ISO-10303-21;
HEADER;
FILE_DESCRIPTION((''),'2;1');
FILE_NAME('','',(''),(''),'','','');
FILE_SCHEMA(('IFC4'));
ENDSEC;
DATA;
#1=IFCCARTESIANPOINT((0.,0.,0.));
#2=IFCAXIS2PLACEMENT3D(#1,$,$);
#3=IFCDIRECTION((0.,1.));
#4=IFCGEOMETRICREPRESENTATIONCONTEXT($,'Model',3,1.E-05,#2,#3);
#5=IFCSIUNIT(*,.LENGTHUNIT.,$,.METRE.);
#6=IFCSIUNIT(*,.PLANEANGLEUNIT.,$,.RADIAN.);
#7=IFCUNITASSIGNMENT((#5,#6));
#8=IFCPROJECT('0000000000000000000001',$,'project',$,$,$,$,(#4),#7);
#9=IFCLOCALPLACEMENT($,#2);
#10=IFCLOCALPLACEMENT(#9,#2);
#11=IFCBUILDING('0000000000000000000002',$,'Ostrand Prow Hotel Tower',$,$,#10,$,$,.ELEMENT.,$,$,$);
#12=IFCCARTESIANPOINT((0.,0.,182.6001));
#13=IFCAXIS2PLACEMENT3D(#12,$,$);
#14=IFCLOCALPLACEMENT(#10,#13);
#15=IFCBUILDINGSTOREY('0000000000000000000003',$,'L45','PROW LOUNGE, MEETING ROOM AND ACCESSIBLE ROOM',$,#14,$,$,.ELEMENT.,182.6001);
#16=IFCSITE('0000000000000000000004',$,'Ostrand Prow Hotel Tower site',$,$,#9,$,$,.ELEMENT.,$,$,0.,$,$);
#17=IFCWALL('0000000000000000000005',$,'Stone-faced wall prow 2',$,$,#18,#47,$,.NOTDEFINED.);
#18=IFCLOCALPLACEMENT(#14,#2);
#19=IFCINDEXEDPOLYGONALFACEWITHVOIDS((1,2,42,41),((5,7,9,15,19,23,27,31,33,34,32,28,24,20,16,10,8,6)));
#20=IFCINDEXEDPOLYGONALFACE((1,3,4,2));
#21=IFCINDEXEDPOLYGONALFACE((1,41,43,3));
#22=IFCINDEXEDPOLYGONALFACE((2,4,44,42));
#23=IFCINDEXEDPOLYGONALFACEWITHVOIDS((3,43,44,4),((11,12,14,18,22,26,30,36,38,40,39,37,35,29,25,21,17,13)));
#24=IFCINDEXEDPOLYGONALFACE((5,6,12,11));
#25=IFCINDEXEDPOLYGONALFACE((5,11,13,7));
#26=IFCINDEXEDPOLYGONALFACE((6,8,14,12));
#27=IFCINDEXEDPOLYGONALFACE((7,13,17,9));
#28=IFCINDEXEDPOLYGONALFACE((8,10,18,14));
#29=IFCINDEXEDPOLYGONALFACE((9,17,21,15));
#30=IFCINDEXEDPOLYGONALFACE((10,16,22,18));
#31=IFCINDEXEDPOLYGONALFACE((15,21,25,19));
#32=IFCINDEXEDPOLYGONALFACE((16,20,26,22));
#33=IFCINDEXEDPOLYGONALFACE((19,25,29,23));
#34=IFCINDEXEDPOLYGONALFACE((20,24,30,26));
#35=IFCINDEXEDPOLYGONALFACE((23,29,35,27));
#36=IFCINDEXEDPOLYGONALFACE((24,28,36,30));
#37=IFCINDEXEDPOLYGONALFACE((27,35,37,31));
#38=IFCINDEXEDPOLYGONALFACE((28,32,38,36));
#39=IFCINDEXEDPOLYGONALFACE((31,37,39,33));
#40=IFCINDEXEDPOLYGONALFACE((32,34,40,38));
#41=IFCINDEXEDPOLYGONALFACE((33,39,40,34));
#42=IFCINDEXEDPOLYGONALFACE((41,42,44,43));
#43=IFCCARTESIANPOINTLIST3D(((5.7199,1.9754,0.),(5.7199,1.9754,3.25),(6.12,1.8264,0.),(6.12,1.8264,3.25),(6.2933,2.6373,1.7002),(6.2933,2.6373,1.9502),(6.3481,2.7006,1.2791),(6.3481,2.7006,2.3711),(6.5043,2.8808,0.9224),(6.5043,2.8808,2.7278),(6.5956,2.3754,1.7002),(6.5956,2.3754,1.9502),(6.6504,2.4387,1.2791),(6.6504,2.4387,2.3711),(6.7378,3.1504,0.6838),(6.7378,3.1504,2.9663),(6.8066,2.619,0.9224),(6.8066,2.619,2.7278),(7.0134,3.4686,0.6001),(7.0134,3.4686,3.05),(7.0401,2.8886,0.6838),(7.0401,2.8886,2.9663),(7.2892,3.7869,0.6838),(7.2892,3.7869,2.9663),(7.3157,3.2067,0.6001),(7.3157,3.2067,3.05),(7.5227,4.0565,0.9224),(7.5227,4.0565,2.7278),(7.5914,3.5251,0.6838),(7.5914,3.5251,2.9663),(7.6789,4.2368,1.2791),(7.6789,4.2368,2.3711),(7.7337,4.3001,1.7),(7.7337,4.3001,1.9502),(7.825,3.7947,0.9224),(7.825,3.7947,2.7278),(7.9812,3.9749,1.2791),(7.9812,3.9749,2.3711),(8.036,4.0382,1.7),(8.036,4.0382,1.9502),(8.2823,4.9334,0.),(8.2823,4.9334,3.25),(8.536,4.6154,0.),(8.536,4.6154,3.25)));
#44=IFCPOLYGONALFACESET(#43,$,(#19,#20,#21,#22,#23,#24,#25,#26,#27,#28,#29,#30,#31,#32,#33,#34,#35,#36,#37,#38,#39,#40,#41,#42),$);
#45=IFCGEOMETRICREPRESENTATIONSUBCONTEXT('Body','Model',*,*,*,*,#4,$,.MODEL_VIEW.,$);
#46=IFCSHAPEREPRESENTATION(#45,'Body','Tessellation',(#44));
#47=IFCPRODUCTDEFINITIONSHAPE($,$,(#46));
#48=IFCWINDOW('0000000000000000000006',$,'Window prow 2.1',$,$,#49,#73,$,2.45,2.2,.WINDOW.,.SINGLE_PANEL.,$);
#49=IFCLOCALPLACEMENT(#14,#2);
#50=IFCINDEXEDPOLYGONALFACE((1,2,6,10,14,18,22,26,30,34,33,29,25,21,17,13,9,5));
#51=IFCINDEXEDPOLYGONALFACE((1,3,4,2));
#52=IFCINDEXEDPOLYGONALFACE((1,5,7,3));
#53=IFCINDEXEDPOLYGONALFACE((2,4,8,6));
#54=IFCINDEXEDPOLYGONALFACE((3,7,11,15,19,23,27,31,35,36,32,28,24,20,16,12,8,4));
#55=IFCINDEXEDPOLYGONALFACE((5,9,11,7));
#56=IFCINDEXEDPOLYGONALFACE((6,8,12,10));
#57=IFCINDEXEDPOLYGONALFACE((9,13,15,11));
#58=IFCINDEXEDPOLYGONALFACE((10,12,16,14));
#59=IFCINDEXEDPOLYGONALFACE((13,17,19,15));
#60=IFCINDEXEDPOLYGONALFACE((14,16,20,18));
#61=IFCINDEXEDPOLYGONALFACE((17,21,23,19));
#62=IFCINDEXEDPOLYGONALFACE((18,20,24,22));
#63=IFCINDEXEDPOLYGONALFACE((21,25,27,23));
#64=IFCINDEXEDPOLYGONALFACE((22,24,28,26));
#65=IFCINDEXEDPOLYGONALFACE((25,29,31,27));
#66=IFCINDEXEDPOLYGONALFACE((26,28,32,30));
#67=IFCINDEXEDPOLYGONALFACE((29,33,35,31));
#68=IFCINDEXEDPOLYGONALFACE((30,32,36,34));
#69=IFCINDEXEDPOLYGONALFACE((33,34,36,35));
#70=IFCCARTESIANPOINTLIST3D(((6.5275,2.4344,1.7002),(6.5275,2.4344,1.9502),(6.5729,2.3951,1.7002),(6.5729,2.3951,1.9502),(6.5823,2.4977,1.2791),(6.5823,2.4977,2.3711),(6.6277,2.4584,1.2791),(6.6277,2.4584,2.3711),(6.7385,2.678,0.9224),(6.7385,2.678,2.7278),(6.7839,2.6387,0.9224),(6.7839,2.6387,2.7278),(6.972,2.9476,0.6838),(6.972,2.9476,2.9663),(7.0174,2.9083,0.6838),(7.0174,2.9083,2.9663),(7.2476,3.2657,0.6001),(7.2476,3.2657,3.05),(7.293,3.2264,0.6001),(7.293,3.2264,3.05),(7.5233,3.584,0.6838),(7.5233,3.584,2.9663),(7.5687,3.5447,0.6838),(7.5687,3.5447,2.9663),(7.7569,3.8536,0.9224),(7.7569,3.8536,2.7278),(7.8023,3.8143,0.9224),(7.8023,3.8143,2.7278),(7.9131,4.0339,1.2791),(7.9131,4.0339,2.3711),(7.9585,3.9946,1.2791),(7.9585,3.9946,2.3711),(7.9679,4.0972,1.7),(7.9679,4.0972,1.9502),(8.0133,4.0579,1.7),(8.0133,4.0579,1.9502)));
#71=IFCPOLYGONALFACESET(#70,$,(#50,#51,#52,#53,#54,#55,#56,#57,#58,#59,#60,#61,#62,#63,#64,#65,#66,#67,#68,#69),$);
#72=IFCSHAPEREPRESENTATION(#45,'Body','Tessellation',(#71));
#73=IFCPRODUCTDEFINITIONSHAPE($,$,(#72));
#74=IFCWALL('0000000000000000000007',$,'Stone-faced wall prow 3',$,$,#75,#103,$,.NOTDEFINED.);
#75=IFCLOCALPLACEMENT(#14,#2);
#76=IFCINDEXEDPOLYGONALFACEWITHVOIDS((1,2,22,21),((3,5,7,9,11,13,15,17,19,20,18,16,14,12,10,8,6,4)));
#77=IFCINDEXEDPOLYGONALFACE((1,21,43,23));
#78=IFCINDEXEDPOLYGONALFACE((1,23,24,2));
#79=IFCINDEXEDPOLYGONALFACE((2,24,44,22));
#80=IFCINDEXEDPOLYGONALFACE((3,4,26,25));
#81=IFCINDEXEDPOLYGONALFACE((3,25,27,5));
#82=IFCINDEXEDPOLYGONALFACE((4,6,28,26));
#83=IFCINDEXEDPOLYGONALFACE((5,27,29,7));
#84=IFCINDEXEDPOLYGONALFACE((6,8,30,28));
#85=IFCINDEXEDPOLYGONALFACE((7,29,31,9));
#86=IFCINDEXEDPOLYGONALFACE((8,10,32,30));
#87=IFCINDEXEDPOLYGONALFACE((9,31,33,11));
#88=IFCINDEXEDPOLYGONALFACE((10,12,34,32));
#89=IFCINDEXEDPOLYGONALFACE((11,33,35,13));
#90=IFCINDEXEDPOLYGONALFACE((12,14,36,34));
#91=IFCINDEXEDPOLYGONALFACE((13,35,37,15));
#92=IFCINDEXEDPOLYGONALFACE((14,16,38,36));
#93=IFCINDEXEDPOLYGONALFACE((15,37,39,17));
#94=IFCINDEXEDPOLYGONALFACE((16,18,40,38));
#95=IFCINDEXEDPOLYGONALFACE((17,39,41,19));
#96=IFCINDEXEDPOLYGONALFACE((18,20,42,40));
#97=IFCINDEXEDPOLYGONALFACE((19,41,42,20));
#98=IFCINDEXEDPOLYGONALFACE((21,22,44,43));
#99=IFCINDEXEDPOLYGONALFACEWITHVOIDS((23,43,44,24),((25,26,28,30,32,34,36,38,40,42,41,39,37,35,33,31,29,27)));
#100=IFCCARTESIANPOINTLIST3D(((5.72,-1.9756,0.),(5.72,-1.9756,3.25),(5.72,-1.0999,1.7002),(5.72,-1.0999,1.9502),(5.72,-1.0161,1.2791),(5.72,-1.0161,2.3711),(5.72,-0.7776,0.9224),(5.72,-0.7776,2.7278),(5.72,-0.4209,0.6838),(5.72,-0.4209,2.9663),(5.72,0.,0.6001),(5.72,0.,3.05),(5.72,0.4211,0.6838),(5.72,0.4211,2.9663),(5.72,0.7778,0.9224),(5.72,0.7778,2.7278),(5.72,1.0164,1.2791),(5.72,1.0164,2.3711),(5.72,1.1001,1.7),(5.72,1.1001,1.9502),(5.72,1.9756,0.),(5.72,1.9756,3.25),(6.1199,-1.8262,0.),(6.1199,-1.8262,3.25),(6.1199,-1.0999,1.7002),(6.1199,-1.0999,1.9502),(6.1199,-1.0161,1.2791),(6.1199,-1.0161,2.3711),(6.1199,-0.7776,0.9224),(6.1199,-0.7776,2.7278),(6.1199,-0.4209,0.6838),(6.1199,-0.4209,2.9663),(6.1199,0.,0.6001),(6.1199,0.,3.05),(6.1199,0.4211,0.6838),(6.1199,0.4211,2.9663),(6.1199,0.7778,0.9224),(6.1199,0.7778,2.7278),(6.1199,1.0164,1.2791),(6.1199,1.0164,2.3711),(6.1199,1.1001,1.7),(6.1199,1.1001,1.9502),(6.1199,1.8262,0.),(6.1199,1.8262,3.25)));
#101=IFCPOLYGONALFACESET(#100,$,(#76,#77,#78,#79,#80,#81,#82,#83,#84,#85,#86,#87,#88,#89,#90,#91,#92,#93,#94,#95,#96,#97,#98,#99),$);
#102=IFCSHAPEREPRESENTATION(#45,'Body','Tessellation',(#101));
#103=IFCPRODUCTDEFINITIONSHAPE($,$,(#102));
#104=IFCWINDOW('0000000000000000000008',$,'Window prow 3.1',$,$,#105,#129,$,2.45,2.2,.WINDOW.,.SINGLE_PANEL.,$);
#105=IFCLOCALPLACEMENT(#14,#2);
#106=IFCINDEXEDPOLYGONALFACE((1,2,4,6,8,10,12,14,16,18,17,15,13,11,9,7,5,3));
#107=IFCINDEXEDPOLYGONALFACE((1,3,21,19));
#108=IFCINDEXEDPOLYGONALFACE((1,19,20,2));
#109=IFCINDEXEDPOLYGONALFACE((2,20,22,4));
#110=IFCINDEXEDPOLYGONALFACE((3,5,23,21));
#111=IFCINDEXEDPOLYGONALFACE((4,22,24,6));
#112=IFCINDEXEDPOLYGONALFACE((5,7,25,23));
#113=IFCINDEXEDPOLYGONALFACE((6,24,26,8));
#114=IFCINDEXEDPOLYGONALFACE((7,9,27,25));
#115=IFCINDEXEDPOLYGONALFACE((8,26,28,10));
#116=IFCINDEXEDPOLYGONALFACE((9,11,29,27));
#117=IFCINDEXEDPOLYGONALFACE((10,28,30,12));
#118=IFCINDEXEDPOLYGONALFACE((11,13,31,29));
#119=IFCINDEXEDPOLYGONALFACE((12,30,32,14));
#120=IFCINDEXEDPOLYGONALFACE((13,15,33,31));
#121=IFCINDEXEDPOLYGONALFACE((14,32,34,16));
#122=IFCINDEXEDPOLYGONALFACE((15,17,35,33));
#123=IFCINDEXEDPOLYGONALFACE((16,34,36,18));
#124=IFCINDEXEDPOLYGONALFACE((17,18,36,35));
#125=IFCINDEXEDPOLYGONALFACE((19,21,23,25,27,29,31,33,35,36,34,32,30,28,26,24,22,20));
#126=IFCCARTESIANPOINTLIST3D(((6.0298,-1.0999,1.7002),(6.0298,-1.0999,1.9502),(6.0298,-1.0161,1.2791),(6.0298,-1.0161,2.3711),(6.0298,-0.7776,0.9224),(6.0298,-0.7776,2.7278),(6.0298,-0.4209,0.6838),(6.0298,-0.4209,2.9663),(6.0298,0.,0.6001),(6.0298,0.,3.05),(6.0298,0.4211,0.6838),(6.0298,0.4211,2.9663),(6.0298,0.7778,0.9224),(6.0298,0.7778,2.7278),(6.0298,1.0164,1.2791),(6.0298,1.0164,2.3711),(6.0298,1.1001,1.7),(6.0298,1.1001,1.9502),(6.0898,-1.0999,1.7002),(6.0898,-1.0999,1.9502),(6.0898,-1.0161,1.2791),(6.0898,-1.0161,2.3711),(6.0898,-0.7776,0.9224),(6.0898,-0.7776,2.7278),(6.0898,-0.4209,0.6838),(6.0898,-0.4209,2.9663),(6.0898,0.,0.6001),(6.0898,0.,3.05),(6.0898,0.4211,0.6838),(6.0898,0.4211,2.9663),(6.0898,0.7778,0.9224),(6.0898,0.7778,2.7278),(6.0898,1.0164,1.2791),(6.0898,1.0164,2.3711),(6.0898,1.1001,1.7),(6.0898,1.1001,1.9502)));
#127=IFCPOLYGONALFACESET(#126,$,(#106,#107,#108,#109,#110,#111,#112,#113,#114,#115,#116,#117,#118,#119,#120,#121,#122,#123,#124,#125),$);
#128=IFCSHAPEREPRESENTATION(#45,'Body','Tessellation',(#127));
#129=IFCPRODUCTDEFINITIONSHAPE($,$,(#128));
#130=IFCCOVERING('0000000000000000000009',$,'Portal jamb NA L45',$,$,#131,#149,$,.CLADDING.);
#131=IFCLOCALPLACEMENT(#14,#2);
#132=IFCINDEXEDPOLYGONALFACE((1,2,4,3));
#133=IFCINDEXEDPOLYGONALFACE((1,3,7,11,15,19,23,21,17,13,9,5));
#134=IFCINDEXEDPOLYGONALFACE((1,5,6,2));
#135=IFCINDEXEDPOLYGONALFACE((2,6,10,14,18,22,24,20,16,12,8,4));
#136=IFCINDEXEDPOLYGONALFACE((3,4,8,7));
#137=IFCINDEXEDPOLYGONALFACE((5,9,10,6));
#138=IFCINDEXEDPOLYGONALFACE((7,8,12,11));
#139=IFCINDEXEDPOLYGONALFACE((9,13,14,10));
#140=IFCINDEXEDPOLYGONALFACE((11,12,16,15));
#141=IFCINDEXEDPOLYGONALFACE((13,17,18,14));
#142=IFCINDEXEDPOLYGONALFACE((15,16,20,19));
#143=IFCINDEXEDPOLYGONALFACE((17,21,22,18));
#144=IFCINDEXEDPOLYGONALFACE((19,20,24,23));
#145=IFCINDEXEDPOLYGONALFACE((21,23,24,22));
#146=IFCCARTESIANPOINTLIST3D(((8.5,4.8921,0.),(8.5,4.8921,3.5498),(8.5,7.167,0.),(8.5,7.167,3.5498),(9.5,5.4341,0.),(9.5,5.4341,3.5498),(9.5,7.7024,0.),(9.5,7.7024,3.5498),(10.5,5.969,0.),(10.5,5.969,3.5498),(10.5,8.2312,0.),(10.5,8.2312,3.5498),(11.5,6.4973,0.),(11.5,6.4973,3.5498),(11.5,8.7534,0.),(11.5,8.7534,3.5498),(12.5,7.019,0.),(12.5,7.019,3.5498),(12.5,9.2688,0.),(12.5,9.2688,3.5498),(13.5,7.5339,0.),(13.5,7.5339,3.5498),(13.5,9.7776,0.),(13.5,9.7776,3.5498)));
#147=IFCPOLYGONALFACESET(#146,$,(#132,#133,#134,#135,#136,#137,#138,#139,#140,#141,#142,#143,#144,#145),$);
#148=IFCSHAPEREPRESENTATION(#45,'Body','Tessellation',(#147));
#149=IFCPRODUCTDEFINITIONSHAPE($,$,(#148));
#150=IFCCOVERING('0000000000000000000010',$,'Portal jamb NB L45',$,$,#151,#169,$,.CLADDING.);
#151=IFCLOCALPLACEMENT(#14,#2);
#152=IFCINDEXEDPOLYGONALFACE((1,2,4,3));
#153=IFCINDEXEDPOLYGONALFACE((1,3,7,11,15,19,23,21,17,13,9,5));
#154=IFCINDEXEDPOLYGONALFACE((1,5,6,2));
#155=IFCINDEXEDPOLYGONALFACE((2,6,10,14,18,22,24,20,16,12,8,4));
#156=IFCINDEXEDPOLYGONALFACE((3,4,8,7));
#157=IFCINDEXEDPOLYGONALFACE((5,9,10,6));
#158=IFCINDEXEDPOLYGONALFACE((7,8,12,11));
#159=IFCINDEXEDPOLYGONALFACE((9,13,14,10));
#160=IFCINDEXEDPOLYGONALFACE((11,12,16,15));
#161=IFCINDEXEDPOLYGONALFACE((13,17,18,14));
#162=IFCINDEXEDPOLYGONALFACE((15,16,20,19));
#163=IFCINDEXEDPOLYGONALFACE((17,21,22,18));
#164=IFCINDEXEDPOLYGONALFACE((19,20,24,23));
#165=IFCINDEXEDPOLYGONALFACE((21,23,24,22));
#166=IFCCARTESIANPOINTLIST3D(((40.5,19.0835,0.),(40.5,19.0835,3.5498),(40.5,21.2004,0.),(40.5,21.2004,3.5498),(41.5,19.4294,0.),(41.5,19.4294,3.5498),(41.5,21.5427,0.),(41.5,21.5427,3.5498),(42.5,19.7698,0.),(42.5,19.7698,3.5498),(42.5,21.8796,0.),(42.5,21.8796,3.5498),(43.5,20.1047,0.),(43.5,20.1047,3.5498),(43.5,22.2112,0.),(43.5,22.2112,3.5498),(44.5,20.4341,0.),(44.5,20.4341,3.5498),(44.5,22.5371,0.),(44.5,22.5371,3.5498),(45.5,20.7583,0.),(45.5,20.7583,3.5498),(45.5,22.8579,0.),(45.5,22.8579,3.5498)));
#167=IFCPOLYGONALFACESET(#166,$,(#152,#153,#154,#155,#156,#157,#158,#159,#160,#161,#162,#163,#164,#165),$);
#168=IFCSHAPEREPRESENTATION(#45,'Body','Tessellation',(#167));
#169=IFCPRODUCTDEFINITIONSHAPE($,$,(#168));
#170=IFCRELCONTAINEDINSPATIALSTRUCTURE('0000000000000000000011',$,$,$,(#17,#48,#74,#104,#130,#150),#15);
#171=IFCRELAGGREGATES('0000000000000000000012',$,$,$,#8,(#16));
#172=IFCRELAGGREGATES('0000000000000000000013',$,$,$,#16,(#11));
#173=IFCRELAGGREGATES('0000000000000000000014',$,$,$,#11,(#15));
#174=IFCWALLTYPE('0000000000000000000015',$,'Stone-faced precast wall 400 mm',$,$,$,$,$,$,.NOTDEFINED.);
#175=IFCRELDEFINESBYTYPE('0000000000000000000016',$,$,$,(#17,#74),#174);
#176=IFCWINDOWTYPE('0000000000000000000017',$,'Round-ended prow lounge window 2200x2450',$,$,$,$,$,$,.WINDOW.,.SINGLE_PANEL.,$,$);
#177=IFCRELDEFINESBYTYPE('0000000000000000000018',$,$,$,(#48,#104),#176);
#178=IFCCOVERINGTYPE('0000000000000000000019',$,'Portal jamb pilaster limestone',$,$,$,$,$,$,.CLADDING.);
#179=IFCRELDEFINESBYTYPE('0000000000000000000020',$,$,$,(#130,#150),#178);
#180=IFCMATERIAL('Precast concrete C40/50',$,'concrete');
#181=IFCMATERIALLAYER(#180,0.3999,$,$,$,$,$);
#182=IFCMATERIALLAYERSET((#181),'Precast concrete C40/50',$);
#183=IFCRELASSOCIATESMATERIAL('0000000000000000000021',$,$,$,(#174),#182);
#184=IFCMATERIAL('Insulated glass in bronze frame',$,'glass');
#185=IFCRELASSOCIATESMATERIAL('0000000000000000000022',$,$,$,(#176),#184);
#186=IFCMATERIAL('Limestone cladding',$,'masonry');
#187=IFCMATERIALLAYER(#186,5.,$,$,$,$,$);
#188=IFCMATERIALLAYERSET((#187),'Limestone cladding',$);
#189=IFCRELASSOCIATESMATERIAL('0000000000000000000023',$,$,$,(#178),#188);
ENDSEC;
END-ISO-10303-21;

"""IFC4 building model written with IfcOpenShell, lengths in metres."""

from ifc_helpers import new_model, si_unit, direction, frame, origin, place, context, subcontext, project, spatial, polyline, outline, extrude, material, layer, layer_set, type_object, element, fill, save


model = new_model("IFC4")

# Units and contexts
model_context = context("Model", 3, precision=1e-05, world=origin(), true_north=direction((0.0, 1.0)))
body_context = subcontext(model_context, "Body", "Model", "MODEL_VIEW")
ifc_project = project(units=[si_unit("LENGTHUNIT", "METRE"), si_unit("PLANEANGLEUNIT", "RADIAN")], contexts=[model_context])

# Site, building, storey
site_placement = place(None, origin())
site = spatial("IfcSite", under=ifc_project, at=site_placement, Name="Ostrand Prow Hotel Tower site", CompositionType="ELEMENT", RefElevation=0.0)
building_placement = place(site_placement, origin())
building = spatial("IfcBuilding", under=site, at=building_placement, Name="Ostrand Prow Hotel Tower", CompositionType="ELEMENT")
storey_placement = place(building_placement, frame((0.0, 0.0, 182.6001)))
storey = spatial("IfcBuildingStorey", under=building, at=storey_placement, Name="L45", Description="PROW LOUNGE, MEETING ROOM AND ACCESSIBLE ROOM", CompositionType="ELEMENT", Elevation=182.6001)

# Walls, openings, windows
ifc_material_1 = material(Name="Precast concrete C40/50", Category="concrete")
ifc_layer_1 = layer(ifc_material_1, 0.3999)
ifc_layer_set_1 = layer_set([ifc_layer_1], Name="Precast concrete C40/50")
wall_type = type_object("IfcWallType", Name="Stone-faced precast wall 400 mm", PredefinedType="NOTDEFINED", material=ifc_layer_set_1)
ifc_material_2 = material(Name="Insulated glass in bronze frame", Category="glass")
window_type = type_object("IfcWindowType", Name="Round-ended prow lounge window 2200x2450", PartitioningType="SINGLE_PANEL", PredefinedType="WINDOW", material=ifc_material_2)
wall_1_placement = place(storey_placement, frame((8.4092, 4.7744, 0.0), z_axis=(0.0, 0.0, 1.0), x_axis=(-0.654759, -0.755837, 0.0)))
wall_1 = element("IfcWall", 1, at=wall_1_placement, inside=storey, type_object=wall_type, Name="Stone-faced wall prow 2", PredefinedType="NOTDEFINED", context=body_context, shape_type="SweptSolid", body=[
    extrude(outline(polyline([(-0.0371, -0.2), (3.8765, -0.2), (3.7271, 0.2), (0.0371, 0.2), (-0.0371, -0.2)])), origin(), (0.0, 0.0, 1.0), 3.25),
])
opening_1_placement = place(wall_1_placement, frame((0.8008, 0.0, 0.6001)))
opening_1 = element("IfcOpeningElement", 2, at=opening_1_placement, cuts=wall_1, PredefinedType="OPENING", context=body_context, shape_type="SweptSolid", body=[
    extrude(outline(polyline([(0.0, 1.3501), (0.0837, 1.771), (0.3223, 2.1277), (0.679, 2.3662), (1.1001, 2.45), (1.521, 2.3662), (1.8777, 2.1277), (2.1162, 1.771), (2.2, 1.3501), (2.2, 1.1001), (2.1162, 0.679), (1.8777, 0.3223), (1.521, 0.0837), (1.1001, 0.0), (0.679, 0.0837), (0.3223, 0.3223), (0.0837, 0.679), (0.0, 1.0999), (0.0, 1.3501)])), frame((0.0, 0.21, 0.0), z_axis=(0.0, -1.0, 0.0), x_axis=(1.0, 0.0, 0.0)), (0.0, 0.0, 1.0), 0.4199),
])
window_1_placement = place(opening_1_placement, origin())
window_1 = element("IfcWindow", 3, at=window_1_placement, inside=storey, type_object=window_type, Name="Window prow 2.1", OverallHeight=2.45, OverallWidth=2.2, PartitioningType="SINGLE_PANEL", PredefinedType="WINDOW", context=body_context, shape_type="SweptSolid", body=[
    extrude(outline(polyline([(0.0, 1.3501), (0.0837, 1.771), (0.3223, 2.1277), (0.679, 2.3662), (1.1001, 2.45), (1.521, 2.3662), (1.8777, 2.1277), (2.1162, 1.771), (2.2, 1.3501), (2.2, 1.1001), (2.1162, 0.679), (1.8777, 0.3223), (1.521, 0.0837), (1.1001, 0.0), (0.679, 0.0837), (0.3223, 0.3223), (0.0837, 0.679), (0.0, 1.0999), (0.0, 1.3501)])), frame((0.0, 0.1699, 0.0), z_axis=(0.0, -1.0, 0.0), x_axis=(1.0, 0.0, 0.0)), (0.0, 0.0, 1.0), 0.0601),
])
fill(opening_1, window_1)
wall_2_placement = place(storey_placement, frame((5.9199, 1.9009, 0.0), z_axis=(0.0, 0.0, 1.0), x_axis=(0.0, -1.0, 0.0)))
wall_2 = element("IfcWall", 4, at=wall_2_placement, inside=storey, type_object=wall_type, Name="Stone-faced wall prow 3", PredefinedType="NOTDEFINED", context=body_context, shape_type="SweptSolid", body=[
    extrude(outline(polyline([(-0.0747, -0.2), (3.8765, -0.2), (3.7271, 0.2), (0.0747, 0.2), (-0.0747, -0.2)])), origin(), (0.0, 0.0, 1.0), 3.25),
])
opening_2_placement = place(wall_2_placement, frame((0.8008, 0.0, 0.6001)))
opening_2 = element("IfcOpeningElement", 5, at=opening_2_placement, cuts=wall_2, PredefinedType="OPENING", context=body_context, shape_type="SweptSolid", body=[
    extrude(outline(polyline([(0.0, 1.3501), (0.0837, 1.771), (0.3223, 2.1277), (0.679, 2.3662), (1.1001, 2.45), (1.521, 2.3662), (1.8777, 2.1277), (2.1162, 1.771), (2.2, 1.3501), (2.2, 1.1001), (2.1162, 0.679), (1.8777, 0.3223), (1.521, 0.0837), (1.1001, 0.0), (0.679, 0.0837), (0.3223, 0.3223), (0.0837, 0.679), (0.0, 1.0999), (0.0, 1.3501)])), frame((0.0, 0.21, 0.0), z_axis=(0.0, -1.0, 0.0), x_axis=(1.0, 0.0, 0.0)), (0.0, 0.0, 1.0), 0.4199),
])
window_2_placement = place(opening_2_placement, origin())
window_2 = element("IfcWindow", 6, at=window_2_placement, inside=storey, type_object=window_type, Name="Window prow 3.1", OverallHeight=2.45, OverallWidth=2.2, PartitioningType="SINGLE_PANEL", PredefinedType="WINDOW", context=body_context, shape_type="SweptSolid", body=[
    extrude(outline(polyline([(0.0, 1.3501), (0.0837, 1.771), (0.3223, 2.1277), (0.679, 2.3662), (1.1001, 2.45), (1.521, 2.3662), (1.8777, 2.1277), (2.1162, 1.771), (2.2, 1.3501), (2.2, 1.1001), (2.1162, 0.679), (1.8777, 0.3223), (1.521, 0.0837), (1.1001, 0.0), (0.679, 0.0837), (0.3223, 0.3223), (0.0837, 0.679), (0.0, 1.0999), (0.0, 1.3501)])), frame((0.0, 0.1699, 0.0), z_axis=(0.0, -1.0, 0.0), x_axis=(1.0, 0.0, 0.0)), (0.0, 0.0, 1.0), 0.0601),
])
fill(opening_2, window_2)

# Coverings
ifc_material_3 = material(Name="Limestone cladding", Category="masonry")
ifc_layer_2 = layer(ifc_material_3, 5.0)
ifc_layer_set_2 = layer_set([ifc_layer_2], Name="Limestone cladding")
covering_type_1 = type_object("IfcCoveringType", Name="Portal jamb pilaster limestone", PredefinedType="CLADDING", material=ifc_layer_set_2)
covering_1_placement = place(storey_placement, origin())
element("IfcCovering", 7, at=covering_1_placement, inside=storey, type_object=covering_type_1, Name="Portal jamb NA L45", PredefinedType="CLADDING", context=body_context, shape_type="SweptSolid", body=[
    extrude(outline(polyline([(8.5, 4.8921), (9.5, 5.4341), (10.5, 5.969), (11.5, 6.4973), (12.5, 7.019), (13.5, 7.5339), (13.5, 9.7776), (12.5, 9.2688), (11.5, 8.7534), (10.5, 8.2312), (9.5, 7.7024), (8.5, 7.167), (8.5, 4.8921)])), origin(), (0.0, 0.0, 1.0), 3.5498),
])
covering_2_placement = place(storey_placement, origin())
element("IfcCovering", 8, at=covering_2_placement, inside=storey, type_object=covering_type_1, Name="Portal jamb NB L45", PredefinedType="CLADDING", context=body_context, shape_type="SweptSolid", body=[
    extrude(outline(polyline([(40.5, 19.0835), (41.5, 19.4294), (42.5, 19.7698), (43.5, 20.1047), (44.5, 20.4341), (45.5, 20.7583), (45.5, 22.8579), (44.5, 22.5371), (43.5, 22.2112), (42.5, 21.8796), (41.5, 21.5427), (40.5, 21.2004), (40.5, 19.0835)])), origin(), (0.0, 0.0, 1.0), 3.5498),
])

save(model, "model.ifc")
